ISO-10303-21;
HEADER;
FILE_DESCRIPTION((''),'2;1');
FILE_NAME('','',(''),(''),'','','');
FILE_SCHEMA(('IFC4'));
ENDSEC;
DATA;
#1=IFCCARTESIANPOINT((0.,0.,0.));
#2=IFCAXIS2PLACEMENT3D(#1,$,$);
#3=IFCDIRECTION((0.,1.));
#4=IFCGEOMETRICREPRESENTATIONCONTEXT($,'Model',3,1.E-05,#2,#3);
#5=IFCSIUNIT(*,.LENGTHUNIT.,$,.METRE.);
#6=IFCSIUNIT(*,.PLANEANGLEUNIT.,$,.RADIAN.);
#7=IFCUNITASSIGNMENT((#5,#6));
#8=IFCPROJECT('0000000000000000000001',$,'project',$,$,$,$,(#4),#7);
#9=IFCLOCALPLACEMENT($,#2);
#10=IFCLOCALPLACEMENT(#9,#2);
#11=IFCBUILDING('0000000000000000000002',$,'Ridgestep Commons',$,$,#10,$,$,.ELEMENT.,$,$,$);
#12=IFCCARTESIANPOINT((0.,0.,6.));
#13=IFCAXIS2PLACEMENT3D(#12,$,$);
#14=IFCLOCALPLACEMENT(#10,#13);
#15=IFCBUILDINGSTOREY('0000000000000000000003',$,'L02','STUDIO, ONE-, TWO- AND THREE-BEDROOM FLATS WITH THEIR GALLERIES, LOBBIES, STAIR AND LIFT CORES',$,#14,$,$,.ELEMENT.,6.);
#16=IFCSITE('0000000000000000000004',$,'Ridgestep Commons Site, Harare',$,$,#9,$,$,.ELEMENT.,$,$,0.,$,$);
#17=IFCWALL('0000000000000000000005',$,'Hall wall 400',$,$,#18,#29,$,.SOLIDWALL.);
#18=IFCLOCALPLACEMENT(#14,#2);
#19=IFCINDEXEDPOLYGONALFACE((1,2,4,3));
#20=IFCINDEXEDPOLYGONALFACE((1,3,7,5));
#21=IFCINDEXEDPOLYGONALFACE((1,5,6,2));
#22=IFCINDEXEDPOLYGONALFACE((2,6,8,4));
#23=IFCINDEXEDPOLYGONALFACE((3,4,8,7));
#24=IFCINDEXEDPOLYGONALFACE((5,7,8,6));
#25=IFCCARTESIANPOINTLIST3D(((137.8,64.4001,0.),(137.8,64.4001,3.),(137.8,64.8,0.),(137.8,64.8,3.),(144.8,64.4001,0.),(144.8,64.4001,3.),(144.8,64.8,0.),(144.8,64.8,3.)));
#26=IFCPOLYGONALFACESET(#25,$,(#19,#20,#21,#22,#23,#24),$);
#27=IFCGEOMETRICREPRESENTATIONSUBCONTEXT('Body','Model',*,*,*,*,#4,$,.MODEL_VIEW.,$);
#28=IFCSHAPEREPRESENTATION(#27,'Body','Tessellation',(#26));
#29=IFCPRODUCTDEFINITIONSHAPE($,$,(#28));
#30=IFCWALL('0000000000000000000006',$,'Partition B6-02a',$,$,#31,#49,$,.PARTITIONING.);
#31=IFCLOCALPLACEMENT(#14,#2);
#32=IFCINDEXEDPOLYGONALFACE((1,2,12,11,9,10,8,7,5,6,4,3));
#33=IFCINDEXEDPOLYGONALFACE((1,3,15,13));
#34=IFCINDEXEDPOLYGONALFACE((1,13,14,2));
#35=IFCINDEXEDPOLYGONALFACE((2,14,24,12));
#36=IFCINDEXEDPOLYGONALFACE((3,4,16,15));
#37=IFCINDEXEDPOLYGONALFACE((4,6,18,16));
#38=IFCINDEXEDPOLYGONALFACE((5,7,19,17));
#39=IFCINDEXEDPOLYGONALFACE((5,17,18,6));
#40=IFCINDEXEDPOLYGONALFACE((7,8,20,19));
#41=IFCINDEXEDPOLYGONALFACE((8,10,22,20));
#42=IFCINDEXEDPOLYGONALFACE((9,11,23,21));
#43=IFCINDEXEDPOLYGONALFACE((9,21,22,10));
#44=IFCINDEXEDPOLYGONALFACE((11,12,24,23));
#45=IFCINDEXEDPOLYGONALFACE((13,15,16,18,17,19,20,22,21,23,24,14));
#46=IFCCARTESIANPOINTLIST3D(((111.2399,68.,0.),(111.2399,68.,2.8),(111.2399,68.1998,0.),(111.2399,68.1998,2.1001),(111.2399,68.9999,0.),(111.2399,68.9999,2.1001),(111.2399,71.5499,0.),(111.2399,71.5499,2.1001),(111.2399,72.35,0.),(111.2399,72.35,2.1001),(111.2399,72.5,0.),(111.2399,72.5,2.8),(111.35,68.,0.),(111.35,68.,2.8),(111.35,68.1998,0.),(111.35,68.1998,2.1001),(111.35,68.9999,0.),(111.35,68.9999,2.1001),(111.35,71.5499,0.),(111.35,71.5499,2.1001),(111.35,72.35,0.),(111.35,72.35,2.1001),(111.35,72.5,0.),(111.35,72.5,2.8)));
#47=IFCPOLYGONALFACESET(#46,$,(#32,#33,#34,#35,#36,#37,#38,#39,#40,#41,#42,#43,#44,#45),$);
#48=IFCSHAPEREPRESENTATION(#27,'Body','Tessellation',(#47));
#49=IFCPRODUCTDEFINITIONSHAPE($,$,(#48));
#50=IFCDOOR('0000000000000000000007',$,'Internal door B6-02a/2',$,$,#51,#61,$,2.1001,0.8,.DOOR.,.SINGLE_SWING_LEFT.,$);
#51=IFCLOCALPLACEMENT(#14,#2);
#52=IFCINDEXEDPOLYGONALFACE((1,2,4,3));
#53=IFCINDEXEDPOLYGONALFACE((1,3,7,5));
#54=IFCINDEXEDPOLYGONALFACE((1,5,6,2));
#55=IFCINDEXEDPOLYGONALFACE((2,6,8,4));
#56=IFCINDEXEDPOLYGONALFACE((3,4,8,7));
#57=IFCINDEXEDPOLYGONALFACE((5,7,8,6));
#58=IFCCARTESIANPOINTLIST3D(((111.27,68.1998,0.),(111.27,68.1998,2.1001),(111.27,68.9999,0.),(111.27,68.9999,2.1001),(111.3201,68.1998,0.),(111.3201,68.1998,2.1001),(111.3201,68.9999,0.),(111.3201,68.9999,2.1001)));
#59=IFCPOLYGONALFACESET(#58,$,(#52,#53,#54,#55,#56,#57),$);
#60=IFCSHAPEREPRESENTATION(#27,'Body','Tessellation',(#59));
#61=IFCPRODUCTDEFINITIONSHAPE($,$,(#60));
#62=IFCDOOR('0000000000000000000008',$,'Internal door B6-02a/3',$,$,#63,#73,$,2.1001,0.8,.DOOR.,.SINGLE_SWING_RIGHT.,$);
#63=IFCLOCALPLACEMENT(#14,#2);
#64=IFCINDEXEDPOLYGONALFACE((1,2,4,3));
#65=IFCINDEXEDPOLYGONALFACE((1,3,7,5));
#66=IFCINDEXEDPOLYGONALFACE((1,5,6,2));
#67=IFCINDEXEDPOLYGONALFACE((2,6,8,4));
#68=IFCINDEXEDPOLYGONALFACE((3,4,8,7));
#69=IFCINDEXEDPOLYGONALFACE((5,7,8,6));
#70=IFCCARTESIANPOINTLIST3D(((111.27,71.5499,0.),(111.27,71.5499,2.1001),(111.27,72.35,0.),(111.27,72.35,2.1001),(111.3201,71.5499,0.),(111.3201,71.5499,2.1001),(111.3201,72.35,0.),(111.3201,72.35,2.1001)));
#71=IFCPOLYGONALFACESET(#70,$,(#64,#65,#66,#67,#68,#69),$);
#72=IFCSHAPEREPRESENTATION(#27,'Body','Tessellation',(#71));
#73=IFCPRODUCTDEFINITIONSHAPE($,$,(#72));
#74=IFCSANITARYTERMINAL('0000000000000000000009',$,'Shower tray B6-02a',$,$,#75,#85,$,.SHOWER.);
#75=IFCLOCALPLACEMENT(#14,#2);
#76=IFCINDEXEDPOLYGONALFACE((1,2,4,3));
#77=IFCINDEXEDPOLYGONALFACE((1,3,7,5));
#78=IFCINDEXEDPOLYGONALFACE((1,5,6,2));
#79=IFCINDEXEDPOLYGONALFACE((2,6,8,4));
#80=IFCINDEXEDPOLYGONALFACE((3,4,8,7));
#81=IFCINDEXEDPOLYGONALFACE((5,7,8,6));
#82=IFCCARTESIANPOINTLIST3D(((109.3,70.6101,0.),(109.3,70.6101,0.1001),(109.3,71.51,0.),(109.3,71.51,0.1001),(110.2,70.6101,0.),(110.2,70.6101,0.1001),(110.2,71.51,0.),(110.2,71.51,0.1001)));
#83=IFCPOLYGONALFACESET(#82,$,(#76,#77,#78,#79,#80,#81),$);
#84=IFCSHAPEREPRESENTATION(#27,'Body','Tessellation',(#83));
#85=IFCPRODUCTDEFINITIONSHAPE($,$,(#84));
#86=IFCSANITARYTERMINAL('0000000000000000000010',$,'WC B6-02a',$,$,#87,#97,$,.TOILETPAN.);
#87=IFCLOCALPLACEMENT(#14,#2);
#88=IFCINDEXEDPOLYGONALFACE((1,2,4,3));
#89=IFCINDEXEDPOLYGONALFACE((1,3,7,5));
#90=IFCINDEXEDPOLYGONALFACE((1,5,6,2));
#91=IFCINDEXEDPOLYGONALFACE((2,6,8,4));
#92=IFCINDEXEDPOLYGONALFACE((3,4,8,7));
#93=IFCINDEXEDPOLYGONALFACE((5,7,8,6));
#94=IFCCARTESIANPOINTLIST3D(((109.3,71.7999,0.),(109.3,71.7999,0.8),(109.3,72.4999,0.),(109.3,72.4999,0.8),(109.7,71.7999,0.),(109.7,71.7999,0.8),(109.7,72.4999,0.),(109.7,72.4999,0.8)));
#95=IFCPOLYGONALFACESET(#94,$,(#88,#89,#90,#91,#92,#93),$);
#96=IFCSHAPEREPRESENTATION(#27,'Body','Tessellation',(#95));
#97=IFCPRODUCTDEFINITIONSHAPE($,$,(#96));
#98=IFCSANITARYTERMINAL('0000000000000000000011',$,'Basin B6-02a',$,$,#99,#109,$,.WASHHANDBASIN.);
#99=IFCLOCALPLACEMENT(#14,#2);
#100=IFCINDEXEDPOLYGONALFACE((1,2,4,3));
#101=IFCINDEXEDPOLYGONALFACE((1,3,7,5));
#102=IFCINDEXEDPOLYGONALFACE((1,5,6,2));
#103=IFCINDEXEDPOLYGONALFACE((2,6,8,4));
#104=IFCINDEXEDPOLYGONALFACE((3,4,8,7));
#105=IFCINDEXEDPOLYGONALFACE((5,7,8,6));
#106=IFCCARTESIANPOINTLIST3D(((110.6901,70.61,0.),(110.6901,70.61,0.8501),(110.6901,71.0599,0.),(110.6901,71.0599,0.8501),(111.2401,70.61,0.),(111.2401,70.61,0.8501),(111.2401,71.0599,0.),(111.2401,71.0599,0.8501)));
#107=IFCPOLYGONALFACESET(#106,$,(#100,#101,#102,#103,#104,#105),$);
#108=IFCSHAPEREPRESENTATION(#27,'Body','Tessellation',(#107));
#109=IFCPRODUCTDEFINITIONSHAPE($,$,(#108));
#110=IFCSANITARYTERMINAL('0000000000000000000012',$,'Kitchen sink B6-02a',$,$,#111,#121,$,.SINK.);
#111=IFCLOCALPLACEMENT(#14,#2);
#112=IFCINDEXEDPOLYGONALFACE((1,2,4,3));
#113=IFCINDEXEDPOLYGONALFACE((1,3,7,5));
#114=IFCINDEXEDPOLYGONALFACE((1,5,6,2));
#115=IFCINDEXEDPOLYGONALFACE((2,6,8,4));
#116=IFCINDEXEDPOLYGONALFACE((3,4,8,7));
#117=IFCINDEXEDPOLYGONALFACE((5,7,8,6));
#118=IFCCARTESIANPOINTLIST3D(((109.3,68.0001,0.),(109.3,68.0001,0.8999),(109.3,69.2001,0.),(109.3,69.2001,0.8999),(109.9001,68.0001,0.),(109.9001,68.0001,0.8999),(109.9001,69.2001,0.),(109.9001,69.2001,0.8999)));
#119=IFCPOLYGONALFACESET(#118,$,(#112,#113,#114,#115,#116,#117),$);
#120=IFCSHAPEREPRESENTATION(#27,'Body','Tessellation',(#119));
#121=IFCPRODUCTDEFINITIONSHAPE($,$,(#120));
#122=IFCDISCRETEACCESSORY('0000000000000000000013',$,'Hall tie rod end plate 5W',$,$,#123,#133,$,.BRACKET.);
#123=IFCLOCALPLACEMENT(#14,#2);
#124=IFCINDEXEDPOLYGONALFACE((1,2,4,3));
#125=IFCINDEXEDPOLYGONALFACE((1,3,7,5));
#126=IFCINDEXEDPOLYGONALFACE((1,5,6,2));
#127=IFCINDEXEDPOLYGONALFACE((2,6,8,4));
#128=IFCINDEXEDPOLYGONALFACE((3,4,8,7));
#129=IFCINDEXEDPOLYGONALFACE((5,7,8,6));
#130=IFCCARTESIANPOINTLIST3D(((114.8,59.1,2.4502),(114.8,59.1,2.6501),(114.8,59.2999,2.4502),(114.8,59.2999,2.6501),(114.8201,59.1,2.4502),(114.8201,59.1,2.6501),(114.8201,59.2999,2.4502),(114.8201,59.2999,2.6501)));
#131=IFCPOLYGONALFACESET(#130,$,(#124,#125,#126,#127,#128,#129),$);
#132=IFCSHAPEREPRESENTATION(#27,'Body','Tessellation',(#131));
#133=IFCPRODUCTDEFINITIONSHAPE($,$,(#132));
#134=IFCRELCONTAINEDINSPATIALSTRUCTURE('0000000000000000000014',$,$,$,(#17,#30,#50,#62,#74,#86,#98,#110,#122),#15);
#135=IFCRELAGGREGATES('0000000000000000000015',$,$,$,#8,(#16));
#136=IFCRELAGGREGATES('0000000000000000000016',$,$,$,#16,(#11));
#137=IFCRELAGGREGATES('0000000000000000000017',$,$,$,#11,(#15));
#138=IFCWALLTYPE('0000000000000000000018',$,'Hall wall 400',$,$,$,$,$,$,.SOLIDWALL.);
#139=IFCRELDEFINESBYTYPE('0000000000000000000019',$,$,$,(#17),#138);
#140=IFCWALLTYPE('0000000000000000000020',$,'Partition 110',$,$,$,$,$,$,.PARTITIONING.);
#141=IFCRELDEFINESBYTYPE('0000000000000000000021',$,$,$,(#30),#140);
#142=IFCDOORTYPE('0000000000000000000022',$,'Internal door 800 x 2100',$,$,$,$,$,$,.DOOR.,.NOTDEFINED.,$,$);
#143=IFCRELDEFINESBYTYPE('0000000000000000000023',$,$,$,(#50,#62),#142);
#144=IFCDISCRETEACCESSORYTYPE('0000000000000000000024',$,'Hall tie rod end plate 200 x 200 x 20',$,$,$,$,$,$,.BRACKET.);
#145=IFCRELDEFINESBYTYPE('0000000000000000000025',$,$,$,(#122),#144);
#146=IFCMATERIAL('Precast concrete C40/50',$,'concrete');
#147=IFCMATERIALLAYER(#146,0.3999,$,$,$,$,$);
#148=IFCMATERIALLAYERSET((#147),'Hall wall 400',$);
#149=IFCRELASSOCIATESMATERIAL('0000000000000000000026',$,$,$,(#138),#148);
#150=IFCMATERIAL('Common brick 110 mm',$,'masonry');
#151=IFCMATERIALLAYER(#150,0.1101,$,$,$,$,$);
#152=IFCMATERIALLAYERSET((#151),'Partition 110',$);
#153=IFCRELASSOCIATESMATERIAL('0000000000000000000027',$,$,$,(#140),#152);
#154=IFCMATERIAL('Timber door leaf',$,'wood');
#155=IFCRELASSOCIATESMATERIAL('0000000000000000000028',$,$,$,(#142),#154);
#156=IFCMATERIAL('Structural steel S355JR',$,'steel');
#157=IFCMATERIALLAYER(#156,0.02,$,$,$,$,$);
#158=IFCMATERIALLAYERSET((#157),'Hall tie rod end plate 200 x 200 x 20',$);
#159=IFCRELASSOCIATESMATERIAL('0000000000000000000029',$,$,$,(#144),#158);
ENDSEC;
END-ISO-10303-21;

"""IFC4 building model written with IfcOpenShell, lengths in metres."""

from ifc_helpers import new_model, si_unit, direction, frame, frame_2d, origin, origin_2d, place, context, subcontext, project, spatial, rectangle, extrude, material, layer, layer_set, type_object, element, fill, save


model = new_model("IFC4")

# Units and contexts
model_context = context("Model", 3, precision=1e-05, world=origin(), true_north=direction((0.0, 1.0)))
body_context = subcontext(model_context, "Body", "Model", "MODEL_VIEW")
ifc_project = project(units=[si_unit("LENGTHUNIT", "METRE"), si_unit("PLANEANGLEUNIT", "RADIAN")], contexts=[model_context])

# Site, building, storey
site_placement = place(None, origin())
site = spatial("IfcSite", under=ifc_project, at=site_placement, Name="Ridgestep Commons Site, Harare", CompositionType="ELEMENT", RefElevation=0.0)
building_placement = place(site_placement, origin())
building = spatial("IfcBuilding", under=site, at=building_placement, Name="Ridgestep Commons", CompositionType="ELEMENT")
storey_placement = place(building_placement, frame((0.0, 0.0, 6.0)))
storey = spatial("IfcBuildingStorey", under=building, at=storey_placement, Name="L02", Description="STUDIO, ONE-, TWO- AND THREE-BEDROOM FLATS WITH THEIR GALLERIES, LOBBIES, STAIR AND LIFT CORES", CompositionType="ELEMENT", Elevation=6.0)

# Wall
ifc_material_1 = material(Name="Precast concrete C40/50", Category="concrete")
ifc_layer_1 = layer(ifc_material_1, 0.3999)
ifc_layer_set_1 = layer_set([ifc_layer_1], Name="Hall wall 400")
wall_type_1 = type_object("IfcWallType", Name="Hall wall 400", PredefinedType="SOLIDWALL", material=ifc_layer_set_1)
for number, where, z_axis, x_axis, name in (
    (1, (137.8, 64.6001, 0.0), (0.0, 0.0, 1.0), (1.0, 0.0, 0.0), "Hall wall 400"),
):
    element("IfcWall", number, at=place(storey_placement, frame(where, z_axis=z_axis, x_axis=x_axis)), inside=storey, type_object=wall_type_1, Name=name, PredefinedType="SOLIDWALL", context=body_context, shape_type="SweptSolid", body=[
        extrude(rectangle(XDim=7.0, YDim=0.3999, at=frame_2d((3.5, 0.0))), origin(), (0.0, 0.0, 1.0), 3.0),
    ])

# Wall, openings, doors
ifc_material_2 = material(Name="Common brick 110 mm", Category="masonry")
ifc_layer_2 = layer(ifc_material_2, 0.1101)
ifc_layer_set_2 = layer_set([ifc_layer_2], Name="Partition 110")
wall_type_2 = type_object("IfcWallType", Name="Partition 110", PredefinedType="PARTITIONING", material=ifc_layer_set_2)
wall_1_placement = place(storey_placement, frame((111.2949, 68.0, 0.0), z_axis=(0.0, 0.0, 1.0), x_axis=(0.0, 1.0, 0.0)))
wall_1 = element("IfcWall", 2, at=wall_1_placement, inside=storey, type_object=wall_type_2, Name="Partition B6-02a", PredefinedType="PARTITIONING", context=body_context, shape_type="SweptSolid", body=[
    extrude(rectangle(XDim=4.5, YDim=0.1101, at=frame_2d((2.25, 0.0))), origin(), (0.0, 0.0, 1.0), 2.8),
])
opening_1_placement = place(wall_1_placement, frame((0.2, 0.0, 0.0)))
opening_1 = element("IfcOpeningElement", 3, at=opening_1_placement, cuts=wall_1, PredefinedType="OPENING", context=body_context, shape_type="SweptSolid", body=[
    extrude(rectangle(XDim=0.8, YDim=2.1001, at=frame_2d((0.3999, 1.05))), frame((0.0, 0.0649, 0.0), z_axis=(0.0, -1.0, 0.0), x_axis=(1.0, 0.0, 0.0)), (0.0, 0.0, 1.0), 0.1301),
])
opening_2_placement = place(wall_1_placement, frame((3.55, 0.0, 0.0)))
opening_2 = element("IfcOpeningElement", 4, at=opening_2_placement, cuts=wall_1, PredefinedType="OPENING", context=body_context, shape_type="SweptSolid", body=[
    extrude(rectangle(XDim=0.8, YDim=2.1001, at=frame_2d((0.3999, 1.05))), frame((0.0, 0.0649, 0.0), z_axis=(0.0, -1.0, 0.0), x_axis=(1.0, 0.0, 0.0)), (0.0, 0.0, 1.0), 0.1301),
])
ifc_material_3 = material(Name="Timber door leaf", Category="wood")
door_type = type_object("IfcDoorType", Name="Internal door 800 x 2100", OperationType="NOTDEFINED", PredefinedType="DOOR", material=ifc_material_3)
door_1_placement = place(opening_1_placement, origin())
door_1 = element("IfcDoor", 5, at=door_1_placement, inside=storey, type_object=door_type, Name="Internal door B6-02a/2", OperationType="SINGLE_SWING_LEFT", OverallHeight=2.1001, OverallWidth=0.8, PredefinedType="DOOR", context=body_context, shape_type="SweptSolid", body=[
    extrude(rectangle(XDim=0.8, YDim=2.1001, at=frame_2d((0.3999, 1.05))), frame((0.0, 0.0249, 0.0), z_axis=(0.0, -1.0, 0.0), x_axis=(1.0, 0.0, 0.0)), (0.0, 0.0, 1.0), 0.05),
])
fill(opening_1, door_1)
door_2_placement = place(opening_2_placement, origin())
door_2 = element("IfcDoor", 6, at=door_2_placement, inside=storey, type_object=door_type, Name="Internal door B6-02a/3", OperationType="SINGLE_SWING_RIGHT", OverallHeight=2.1001, OverallWidth=0.8, PredefinedType="DOOR", context=body_context, shape_type="SweptSolid", body=[
    extrude(rectangle(XDim=0.8, YDim=2.1001, at=frame_2d((0.3999, 1.05))), frame((0.0, 0.0249, 0.0), z_axis=(0.0, -1.0, 0.0), x_axis=(1.0, 0.0, 0.0)), (0.0, 0.0, 1.0), 0.05),
])
fill(opening_2, door_2)

# Sanitary terminals
sanitary_terminal_1_placement = place(storey_placement, frame((109.75, 71.0601, 0.0), z_axis=(0.0, 0.0, 1.0), x_axis=(1.0, 0.0, 0.0)))
element("IfcSanitaryTerminal", 7, at=sanitary_terminal_1_placement, inside=storey, Name="Shower tray B6-02a", PredefinedType="SHOWER", context=body_context, shape_type="SweptSolid", body=[
    extrude(rectangle(XDim=0.8999, YDim=0.8999, at=origin_2d()), origin(), (0.0, 0.0, 1.0), 0.1001),
])
sanitary_terminal_2_placement = place(storey_placement, frame((109.5, 72.1499, 0.0), z_axis=(0.0, 0.0, 1.0), x_axis=(1.0, 0.0, 0.0)))
element("IfcSanitaryTerminal", 8, at=sanitary_terminal_2_placement, inside=storey, Name="WC B6-02a", PredefinedType="TOILETPAN", context=body_context, shape_type="SweptSolid", body=[
    extrude(rectangle(XDim=0.3999, YDim=0.7, at=origin_2d()), origin(), (0.0, 0.0, 1.0), 0.8),
])
sanitary_terminal_3_placement = place(storey_placement, frame((110.9651, 70.835, 0.0), z_axis=(0.0, 0.0, 1.0), x_axis=(1.0, 0.0, 0.0)))
element("IfcSanitaryTerminal", 9, at=sanitary_terminal_3_placement, inside=storey, Name="Basin B6-02a", PredefinedType="WASHHANDBASIN", context=body_context, shape_type="SweptSolid", body=[
    extrude(rectangle(XDim=0.55, YDim=0.45, at=origin_2d()), origin(), (0.0, 0.0, 1.0), 0.8501),
])
sanitary_terminal_4_placement = place(storey_placement, frame((109.6001, 68.6001, 0.0), z_axis=(0.0, 0.0, 1.0), x_axis=(1.0, 0.0, 0.0)))
element("IfcSanitaryTerminal", 10, at=sanitary_terminal_4_placement, inside=storey, Name="Kitchen sink B6-02a", PredefinedType="SINK", context=body_context, shape_type="SweptSolid", body=[
    extrude(rectangle(XDim=0.6001, YDim=1.2, at=origin_2d()), origin(), (0.0, 0.0, 1.0), 0.8999),
])

# Discrete accessory
ifc_material_4 = material(Name="Structural steel S355JR", Category="steel")
ifc_layer_3 = layer(ifc_material_4, 0.02)
ifc_layer_set_3 = layer_set([ifc_layer_3], Name="Hall tie rod end plate 200 x 200 x 20")
discrete_accessory_type = type_object("IfcDiscreteAccessoryType", Name="Hall tie rod end plate 200 x 200 x 20", PredefinedType="BRACKET", material=ifc_layer_set_3)
discrete_accessory_placement = place(storey_placement, frame((114.8101, 59.2, 2.4502), z_axis=(0.0, 0.0, 1.0), x_axis=(1.0, 0.0, 0.0)))
element("IfcDiscreteAccessory", 11, at=discrete_accessory_placement, inside=storey, type_object=discrete_accessory_type, Name="Hall tie rod end plate 5W", PredefinedType="BRACKET", context=body_context, shape_type="SweptSolid", body=[
    extrude(rectangle(XDim=0.02, YDim=0.2, at=origin_2d()), origin(), (0.0, 0.0, 1.0), 0.2),
])

save(model, "model.ifc")
